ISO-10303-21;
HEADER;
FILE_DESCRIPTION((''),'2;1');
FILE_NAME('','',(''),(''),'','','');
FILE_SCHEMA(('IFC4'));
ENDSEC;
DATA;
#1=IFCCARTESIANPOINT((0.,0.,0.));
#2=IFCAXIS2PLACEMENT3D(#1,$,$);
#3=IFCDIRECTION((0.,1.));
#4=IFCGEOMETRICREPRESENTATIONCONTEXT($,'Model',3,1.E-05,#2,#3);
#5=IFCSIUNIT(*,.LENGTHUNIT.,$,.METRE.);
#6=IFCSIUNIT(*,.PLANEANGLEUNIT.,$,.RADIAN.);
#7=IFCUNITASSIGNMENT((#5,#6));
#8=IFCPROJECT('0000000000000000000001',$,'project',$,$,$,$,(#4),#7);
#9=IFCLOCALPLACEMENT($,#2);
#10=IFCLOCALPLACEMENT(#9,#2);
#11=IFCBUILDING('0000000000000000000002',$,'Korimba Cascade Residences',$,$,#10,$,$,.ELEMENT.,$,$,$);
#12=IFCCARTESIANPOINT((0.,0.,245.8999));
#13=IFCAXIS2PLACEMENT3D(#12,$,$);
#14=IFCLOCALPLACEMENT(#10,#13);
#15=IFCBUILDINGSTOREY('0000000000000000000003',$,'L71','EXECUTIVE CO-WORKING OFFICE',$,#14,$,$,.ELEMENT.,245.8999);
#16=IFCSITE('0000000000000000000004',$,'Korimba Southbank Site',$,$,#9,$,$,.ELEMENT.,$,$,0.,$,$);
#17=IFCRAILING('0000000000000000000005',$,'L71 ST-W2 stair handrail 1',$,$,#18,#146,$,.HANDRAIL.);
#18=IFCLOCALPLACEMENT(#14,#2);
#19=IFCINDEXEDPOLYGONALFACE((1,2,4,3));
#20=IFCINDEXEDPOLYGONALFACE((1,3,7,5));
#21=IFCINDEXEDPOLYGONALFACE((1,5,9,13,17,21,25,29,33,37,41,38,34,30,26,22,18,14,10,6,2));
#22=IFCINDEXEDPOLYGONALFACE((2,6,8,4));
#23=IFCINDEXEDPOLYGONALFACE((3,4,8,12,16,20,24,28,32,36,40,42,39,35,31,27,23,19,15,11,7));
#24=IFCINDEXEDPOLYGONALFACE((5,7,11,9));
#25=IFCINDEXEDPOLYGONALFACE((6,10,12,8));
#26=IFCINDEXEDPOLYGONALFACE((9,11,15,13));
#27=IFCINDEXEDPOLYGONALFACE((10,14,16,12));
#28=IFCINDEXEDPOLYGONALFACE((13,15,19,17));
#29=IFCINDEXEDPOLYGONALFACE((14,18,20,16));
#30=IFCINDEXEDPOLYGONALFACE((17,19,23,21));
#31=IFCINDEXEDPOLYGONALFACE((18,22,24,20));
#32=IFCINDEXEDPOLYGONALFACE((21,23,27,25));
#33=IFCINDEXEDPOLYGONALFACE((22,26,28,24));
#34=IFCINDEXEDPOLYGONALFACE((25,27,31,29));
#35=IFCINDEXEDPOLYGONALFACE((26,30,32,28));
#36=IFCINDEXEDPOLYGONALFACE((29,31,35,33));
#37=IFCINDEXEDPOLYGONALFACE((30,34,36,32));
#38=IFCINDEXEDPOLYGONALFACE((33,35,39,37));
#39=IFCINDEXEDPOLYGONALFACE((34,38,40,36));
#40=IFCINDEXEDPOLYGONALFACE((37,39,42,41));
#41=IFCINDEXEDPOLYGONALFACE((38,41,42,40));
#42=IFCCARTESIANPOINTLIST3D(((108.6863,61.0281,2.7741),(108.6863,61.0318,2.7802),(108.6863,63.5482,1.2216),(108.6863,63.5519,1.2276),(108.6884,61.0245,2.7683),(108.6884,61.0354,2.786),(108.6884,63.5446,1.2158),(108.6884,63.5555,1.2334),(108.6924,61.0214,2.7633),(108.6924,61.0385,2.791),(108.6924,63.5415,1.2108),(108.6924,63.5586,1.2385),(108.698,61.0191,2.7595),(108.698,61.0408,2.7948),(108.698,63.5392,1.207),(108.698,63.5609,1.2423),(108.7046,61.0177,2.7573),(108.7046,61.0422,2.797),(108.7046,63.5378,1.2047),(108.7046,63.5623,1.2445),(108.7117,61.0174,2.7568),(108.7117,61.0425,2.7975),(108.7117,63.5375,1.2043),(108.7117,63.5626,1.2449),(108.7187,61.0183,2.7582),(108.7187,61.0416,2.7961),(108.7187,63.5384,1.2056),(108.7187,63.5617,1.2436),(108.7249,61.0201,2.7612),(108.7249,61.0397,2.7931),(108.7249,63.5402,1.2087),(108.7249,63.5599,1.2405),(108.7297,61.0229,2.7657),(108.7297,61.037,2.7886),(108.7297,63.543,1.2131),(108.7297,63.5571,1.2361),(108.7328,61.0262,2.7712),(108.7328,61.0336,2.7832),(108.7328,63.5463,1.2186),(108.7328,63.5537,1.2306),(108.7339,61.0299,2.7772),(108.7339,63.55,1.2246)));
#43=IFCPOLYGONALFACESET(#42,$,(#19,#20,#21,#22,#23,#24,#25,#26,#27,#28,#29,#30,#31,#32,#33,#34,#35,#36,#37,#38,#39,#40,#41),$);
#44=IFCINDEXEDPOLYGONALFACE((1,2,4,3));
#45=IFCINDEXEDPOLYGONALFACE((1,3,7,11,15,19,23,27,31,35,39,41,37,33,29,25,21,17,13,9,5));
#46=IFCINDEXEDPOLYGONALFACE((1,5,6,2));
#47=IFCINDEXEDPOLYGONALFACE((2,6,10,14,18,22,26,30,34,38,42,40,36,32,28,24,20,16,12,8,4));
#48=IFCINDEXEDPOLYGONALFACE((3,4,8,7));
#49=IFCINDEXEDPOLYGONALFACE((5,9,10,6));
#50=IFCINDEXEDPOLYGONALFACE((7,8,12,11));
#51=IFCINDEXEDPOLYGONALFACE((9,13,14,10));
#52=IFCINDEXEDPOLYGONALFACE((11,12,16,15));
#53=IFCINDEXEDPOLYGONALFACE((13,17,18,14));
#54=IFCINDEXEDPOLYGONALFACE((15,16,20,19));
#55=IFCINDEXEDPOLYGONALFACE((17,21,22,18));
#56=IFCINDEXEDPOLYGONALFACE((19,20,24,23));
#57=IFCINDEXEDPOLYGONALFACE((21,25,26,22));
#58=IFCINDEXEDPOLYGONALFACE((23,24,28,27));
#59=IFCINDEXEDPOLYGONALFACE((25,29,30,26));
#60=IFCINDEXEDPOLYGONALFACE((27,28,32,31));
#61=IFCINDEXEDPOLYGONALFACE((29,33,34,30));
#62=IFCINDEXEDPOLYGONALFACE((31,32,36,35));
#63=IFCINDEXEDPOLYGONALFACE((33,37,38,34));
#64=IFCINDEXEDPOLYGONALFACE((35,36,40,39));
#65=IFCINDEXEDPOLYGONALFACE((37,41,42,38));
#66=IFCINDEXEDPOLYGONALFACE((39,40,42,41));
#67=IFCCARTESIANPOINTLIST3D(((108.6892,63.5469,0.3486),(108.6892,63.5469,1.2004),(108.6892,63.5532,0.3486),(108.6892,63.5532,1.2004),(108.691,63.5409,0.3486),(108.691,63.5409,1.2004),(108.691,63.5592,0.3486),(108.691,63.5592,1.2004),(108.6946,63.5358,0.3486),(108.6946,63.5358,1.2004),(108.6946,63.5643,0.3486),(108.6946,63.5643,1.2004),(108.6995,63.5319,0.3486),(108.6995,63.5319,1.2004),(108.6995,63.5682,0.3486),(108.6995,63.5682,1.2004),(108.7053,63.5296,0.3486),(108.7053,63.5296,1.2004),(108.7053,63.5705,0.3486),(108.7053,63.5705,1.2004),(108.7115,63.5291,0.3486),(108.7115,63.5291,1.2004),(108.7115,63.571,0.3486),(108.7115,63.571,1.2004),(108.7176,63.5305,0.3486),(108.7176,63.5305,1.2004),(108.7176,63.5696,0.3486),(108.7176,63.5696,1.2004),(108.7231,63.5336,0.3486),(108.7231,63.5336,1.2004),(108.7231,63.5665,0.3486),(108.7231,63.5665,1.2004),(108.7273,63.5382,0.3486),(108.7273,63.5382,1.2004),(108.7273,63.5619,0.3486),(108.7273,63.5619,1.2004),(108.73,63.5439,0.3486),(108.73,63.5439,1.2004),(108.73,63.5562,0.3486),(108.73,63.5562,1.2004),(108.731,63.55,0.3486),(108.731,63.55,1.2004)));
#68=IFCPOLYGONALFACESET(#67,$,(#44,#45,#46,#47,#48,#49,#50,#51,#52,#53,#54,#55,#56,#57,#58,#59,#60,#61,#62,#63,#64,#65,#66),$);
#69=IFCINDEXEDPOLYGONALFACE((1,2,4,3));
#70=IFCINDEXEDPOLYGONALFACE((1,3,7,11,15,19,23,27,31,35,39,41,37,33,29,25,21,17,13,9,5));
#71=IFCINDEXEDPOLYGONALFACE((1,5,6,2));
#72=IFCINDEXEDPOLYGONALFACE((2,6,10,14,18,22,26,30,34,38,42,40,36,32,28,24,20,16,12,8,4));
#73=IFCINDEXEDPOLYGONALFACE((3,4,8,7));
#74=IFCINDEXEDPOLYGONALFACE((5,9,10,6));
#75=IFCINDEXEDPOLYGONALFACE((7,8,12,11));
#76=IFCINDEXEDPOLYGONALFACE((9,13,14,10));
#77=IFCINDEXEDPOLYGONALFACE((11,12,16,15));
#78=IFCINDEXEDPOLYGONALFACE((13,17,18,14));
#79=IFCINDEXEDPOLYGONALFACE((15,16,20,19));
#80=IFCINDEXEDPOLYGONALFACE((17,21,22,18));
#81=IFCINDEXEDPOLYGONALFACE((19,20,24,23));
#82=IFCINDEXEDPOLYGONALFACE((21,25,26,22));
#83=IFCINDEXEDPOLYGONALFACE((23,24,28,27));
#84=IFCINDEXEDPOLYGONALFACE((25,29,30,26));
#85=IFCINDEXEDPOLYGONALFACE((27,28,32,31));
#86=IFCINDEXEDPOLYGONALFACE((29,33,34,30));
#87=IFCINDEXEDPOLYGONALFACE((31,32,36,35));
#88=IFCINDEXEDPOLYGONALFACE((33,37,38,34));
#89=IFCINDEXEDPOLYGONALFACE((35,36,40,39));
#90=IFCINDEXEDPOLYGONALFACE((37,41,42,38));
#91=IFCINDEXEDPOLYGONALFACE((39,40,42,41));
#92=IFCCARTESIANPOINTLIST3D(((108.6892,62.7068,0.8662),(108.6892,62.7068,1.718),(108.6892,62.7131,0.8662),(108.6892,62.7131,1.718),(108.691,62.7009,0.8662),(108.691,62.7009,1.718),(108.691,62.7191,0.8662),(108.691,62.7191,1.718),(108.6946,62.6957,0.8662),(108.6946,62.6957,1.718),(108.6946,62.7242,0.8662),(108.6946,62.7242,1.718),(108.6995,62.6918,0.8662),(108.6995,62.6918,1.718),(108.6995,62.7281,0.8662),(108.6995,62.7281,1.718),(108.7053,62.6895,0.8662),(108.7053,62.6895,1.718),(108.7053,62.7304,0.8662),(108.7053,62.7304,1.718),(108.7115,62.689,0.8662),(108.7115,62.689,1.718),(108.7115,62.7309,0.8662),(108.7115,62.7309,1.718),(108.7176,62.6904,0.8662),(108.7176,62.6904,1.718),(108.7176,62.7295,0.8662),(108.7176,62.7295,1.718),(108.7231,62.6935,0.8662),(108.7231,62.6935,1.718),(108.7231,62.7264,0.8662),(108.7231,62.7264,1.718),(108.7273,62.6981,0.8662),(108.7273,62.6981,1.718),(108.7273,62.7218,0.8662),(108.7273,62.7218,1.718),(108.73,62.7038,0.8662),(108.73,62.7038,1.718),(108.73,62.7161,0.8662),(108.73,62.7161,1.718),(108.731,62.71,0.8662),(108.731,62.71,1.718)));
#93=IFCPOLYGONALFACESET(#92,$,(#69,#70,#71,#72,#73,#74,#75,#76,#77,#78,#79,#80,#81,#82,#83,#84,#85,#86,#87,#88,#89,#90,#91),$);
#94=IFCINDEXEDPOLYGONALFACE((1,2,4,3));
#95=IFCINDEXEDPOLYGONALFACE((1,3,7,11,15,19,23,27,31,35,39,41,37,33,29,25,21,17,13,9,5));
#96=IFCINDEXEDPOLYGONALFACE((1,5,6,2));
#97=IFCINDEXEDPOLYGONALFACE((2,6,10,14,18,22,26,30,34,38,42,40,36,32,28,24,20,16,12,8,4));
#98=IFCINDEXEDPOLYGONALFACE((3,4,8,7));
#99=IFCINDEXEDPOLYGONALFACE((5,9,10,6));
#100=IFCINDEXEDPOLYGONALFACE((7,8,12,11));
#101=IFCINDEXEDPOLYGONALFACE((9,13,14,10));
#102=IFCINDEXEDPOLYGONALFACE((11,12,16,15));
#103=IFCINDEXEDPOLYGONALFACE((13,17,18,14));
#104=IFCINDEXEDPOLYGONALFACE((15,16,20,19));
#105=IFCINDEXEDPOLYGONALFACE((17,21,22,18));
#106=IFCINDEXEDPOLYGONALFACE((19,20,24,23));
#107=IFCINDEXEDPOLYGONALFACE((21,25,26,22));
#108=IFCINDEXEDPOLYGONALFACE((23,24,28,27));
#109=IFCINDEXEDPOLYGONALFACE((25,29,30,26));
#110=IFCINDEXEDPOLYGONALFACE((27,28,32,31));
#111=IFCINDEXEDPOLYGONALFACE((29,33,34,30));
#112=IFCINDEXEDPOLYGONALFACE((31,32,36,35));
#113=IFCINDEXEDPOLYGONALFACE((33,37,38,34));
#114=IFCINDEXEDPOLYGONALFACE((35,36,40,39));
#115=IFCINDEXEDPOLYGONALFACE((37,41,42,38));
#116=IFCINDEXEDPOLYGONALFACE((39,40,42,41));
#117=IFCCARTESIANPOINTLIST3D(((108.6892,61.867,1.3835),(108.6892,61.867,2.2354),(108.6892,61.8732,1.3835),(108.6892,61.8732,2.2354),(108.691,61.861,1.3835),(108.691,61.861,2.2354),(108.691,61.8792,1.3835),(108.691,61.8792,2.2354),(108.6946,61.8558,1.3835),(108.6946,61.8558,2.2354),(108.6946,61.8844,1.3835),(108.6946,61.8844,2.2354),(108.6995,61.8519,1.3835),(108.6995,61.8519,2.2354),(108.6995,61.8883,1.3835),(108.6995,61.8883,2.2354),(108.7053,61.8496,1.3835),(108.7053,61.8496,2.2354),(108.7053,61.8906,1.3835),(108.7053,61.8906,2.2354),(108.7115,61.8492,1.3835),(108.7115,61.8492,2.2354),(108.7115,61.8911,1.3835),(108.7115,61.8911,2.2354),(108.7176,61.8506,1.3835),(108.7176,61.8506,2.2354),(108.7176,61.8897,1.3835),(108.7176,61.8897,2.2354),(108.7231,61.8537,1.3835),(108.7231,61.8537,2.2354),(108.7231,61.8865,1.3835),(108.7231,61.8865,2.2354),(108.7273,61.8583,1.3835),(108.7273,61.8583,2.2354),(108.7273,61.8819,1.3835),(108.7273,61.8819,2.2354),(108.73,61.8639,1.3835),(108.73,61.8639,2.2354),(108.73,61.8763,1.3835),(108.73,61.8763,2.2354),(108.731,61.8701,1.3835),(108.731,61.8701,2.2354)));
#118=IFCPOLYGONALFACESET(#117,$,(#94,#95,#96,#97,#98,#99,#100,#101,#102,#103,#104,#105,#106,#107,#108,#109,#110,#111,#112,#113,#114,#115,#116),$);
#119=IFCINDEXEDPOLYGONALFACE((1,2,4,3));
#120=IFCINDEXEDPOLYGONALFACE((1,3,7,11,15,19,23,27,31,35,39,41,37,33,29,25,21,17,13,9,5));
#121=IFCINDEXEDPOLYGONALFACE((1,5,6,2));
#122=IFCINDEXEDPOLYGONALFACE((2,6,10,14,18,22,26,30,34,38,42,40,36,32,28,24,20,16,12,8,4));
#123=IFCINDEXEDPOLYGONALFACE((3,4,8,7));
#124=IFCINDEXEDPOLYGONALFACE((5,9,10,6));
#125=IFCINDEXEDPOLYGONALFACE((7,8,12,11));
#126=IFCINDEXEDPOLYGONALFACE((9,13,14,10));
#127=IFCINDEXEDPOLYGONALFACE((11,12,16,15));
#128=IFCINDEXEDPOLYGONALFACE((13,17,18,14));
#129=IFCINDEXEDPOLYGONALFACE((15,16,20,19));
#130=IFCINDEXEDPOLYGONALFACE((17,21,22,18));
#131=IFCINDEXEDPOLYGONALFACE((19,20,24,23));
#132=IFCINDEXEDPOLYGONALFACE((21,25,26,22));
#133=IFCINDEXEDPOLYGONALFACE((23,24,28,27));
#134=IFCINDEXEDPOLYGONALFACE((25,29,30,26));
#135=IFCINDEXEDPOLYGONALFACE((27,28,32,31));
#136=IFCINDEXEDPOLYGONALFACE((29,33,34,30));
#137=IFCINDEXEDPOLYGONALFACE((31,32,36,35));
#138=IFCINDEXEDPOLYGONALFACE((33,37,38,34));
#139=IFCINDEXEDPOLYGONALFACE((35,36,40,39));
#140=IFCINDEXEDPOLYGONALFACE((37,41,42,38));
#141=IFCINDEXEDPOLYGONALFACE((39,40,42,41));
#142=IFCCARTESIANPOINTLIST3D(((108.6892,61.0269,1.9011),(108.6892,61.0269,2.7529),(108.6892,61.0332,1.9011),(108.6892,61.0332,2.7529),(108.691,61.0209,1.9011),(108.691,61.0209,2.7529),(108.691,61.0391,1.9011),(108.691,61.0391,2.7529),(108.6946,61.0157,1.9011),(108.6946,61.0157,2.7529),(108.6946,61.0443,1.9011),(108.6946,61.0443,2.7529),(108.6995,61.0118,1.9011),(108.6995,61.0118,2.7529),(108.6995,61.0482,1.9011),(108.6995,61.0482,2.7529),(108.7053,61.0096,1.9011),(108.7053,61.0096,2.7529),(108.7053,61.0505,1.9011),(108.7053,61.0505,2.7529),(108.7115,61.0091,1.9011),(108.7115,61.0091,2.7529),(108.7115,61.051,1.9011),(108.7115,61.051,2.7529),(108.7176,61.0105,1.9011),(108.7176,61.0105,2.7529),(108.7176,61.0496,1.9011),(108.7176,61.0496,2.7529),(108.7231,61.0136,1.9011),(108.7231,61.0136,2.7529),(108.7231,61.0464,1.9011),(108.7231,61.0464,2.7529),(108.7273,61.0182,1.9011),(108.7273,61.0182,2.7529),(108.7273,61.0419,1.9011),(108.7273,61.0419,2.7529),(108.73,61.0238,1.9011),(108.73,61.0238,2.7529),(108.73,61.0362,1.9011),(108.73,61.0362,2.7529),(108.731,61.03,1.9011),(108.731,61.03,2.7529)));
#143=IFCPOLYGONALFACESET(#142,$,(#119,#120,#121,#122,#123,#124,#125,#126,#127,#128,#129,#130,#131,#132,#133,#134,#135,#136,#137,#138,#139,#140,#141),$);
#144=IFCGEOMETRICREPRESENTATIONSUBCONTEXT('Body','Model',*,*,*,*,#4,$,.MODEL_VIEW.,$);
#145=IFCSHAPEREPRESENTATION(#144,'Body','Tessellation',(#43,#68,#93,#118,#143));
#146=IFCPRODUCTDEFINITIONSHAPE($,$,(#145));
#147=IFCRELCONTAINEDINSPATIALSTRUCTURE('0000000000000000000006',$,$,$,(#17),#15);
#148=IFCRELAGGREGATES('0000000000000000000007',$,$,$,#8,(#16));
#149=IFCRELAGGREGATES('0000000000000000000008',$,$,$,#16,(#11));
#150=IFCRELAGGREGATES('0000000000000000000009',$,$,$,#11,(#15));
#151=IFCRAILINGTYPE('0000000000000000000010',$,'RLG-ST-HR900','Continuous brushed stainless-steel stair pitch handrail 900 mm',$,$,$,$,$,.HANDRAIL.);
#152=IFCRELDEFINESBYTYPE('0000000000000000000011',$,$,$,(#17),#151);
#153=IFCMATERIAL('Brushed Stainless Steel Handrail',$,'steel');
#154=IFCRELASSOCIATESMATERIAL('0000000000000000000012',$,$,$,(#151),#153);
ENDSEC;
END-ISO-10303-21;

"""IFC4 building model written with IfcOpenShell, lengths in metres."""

from ifc_helpers import new_model, si_unit, direction, frame, origin, origin_2d, place, context, subcontext, project, spatial, circle, extrude, material, type_object, element, save


model = new_model("IFC4")

# Units and contexts
model_context = context("Model", 3, precision=1e-05, world=origin(), true_north=direction((0.0, 1.0)))
body_context = subcontext(model_context, "Body", "Model", "MODEL_VIEW")
ifc_project = project(units=[si_unit("LENGTHUNIT", "METRE"), si_unit("PLANEANGLEUNIT", "RADIAN")], contexts=[model_context])

# Site, building, storey
site_placement = place(None, origin())
site = spatial("IfcSite", under=ifc_project, at=site_placement, Name="Korimba Southbank Site", CompositionType="ELEMENT", RefElevation=0.0)
building_placement = place(site_placement, origin())
building = spatial("IfcBuilding", under=site, at=building_placement, Name="Korimba Cascade Residences", CompositionType="ELEMENT")
storey_placement = place(building_placement, frame((0.0, 0.0, 245.8999)))
storey = spatial("IfcBuildingStorey", under=building, at=storey_placement, Name="L71", Description="EXECUTIVE CO-WORKING OFFICE", CompositionType="ELEMENT", Elevation=245.8999)

# Railing
ifc_material_1 = material(Name="Brushed Stainless Steel Handrail", Category="steel")
railing_type_1 = type_object("IfcRailingType", Name="RLG-ST-HR900", Description="Continuous brushed stainless-steel stair pitch handrail 900 mm", PredefinedType="HANDRAIL", material=ifc_material_1)
railing_1_placement = place(storey_placement, frame((108.71, 63.55, 0.3486)))
element("IfcRailing", 1, at=railing_1_placement, inside=storey, type_object=railing_type_1, Name="L71 ST-W2 stair handrail 1", PredefinedType="HANDRAIL", context=body_context, shape_type="SweptSolid", body=[
    extrude(circle(Radius=0.0239, at=origin_2d()), frame((0.0, 0.0, 0.876), z_axis=(0.0, -0.8514, 0.524516), x_axis=(1.0, 0.0, 0.0)), (0.0, 0.0, 1.0), 2.96),
    extrude(circle(Radius=0.021, at=origin_2d()), origin(), (0.0, 0.0, 1.0), 0.8518),
    extrude(circle(Radius=0.021, at=origin_2d()), frame((0.0, -0.8401, 0.5176)), (0.0, 0.0, 1.0), 0.8518),
    extrude(circle(Radius=0.021, at=origin_2d()), frame((0.0, -1.6799, 1.0349)), (0.0, 0.0, 1.0), 0.8518),
    extrude(circle(Radius=0.021, at=origin_2d()), frame((0.0, -2.52, 1.5525)), (0.0, 0.0, 1.0), 0.8518),
])

save(model, "model.ifc")
